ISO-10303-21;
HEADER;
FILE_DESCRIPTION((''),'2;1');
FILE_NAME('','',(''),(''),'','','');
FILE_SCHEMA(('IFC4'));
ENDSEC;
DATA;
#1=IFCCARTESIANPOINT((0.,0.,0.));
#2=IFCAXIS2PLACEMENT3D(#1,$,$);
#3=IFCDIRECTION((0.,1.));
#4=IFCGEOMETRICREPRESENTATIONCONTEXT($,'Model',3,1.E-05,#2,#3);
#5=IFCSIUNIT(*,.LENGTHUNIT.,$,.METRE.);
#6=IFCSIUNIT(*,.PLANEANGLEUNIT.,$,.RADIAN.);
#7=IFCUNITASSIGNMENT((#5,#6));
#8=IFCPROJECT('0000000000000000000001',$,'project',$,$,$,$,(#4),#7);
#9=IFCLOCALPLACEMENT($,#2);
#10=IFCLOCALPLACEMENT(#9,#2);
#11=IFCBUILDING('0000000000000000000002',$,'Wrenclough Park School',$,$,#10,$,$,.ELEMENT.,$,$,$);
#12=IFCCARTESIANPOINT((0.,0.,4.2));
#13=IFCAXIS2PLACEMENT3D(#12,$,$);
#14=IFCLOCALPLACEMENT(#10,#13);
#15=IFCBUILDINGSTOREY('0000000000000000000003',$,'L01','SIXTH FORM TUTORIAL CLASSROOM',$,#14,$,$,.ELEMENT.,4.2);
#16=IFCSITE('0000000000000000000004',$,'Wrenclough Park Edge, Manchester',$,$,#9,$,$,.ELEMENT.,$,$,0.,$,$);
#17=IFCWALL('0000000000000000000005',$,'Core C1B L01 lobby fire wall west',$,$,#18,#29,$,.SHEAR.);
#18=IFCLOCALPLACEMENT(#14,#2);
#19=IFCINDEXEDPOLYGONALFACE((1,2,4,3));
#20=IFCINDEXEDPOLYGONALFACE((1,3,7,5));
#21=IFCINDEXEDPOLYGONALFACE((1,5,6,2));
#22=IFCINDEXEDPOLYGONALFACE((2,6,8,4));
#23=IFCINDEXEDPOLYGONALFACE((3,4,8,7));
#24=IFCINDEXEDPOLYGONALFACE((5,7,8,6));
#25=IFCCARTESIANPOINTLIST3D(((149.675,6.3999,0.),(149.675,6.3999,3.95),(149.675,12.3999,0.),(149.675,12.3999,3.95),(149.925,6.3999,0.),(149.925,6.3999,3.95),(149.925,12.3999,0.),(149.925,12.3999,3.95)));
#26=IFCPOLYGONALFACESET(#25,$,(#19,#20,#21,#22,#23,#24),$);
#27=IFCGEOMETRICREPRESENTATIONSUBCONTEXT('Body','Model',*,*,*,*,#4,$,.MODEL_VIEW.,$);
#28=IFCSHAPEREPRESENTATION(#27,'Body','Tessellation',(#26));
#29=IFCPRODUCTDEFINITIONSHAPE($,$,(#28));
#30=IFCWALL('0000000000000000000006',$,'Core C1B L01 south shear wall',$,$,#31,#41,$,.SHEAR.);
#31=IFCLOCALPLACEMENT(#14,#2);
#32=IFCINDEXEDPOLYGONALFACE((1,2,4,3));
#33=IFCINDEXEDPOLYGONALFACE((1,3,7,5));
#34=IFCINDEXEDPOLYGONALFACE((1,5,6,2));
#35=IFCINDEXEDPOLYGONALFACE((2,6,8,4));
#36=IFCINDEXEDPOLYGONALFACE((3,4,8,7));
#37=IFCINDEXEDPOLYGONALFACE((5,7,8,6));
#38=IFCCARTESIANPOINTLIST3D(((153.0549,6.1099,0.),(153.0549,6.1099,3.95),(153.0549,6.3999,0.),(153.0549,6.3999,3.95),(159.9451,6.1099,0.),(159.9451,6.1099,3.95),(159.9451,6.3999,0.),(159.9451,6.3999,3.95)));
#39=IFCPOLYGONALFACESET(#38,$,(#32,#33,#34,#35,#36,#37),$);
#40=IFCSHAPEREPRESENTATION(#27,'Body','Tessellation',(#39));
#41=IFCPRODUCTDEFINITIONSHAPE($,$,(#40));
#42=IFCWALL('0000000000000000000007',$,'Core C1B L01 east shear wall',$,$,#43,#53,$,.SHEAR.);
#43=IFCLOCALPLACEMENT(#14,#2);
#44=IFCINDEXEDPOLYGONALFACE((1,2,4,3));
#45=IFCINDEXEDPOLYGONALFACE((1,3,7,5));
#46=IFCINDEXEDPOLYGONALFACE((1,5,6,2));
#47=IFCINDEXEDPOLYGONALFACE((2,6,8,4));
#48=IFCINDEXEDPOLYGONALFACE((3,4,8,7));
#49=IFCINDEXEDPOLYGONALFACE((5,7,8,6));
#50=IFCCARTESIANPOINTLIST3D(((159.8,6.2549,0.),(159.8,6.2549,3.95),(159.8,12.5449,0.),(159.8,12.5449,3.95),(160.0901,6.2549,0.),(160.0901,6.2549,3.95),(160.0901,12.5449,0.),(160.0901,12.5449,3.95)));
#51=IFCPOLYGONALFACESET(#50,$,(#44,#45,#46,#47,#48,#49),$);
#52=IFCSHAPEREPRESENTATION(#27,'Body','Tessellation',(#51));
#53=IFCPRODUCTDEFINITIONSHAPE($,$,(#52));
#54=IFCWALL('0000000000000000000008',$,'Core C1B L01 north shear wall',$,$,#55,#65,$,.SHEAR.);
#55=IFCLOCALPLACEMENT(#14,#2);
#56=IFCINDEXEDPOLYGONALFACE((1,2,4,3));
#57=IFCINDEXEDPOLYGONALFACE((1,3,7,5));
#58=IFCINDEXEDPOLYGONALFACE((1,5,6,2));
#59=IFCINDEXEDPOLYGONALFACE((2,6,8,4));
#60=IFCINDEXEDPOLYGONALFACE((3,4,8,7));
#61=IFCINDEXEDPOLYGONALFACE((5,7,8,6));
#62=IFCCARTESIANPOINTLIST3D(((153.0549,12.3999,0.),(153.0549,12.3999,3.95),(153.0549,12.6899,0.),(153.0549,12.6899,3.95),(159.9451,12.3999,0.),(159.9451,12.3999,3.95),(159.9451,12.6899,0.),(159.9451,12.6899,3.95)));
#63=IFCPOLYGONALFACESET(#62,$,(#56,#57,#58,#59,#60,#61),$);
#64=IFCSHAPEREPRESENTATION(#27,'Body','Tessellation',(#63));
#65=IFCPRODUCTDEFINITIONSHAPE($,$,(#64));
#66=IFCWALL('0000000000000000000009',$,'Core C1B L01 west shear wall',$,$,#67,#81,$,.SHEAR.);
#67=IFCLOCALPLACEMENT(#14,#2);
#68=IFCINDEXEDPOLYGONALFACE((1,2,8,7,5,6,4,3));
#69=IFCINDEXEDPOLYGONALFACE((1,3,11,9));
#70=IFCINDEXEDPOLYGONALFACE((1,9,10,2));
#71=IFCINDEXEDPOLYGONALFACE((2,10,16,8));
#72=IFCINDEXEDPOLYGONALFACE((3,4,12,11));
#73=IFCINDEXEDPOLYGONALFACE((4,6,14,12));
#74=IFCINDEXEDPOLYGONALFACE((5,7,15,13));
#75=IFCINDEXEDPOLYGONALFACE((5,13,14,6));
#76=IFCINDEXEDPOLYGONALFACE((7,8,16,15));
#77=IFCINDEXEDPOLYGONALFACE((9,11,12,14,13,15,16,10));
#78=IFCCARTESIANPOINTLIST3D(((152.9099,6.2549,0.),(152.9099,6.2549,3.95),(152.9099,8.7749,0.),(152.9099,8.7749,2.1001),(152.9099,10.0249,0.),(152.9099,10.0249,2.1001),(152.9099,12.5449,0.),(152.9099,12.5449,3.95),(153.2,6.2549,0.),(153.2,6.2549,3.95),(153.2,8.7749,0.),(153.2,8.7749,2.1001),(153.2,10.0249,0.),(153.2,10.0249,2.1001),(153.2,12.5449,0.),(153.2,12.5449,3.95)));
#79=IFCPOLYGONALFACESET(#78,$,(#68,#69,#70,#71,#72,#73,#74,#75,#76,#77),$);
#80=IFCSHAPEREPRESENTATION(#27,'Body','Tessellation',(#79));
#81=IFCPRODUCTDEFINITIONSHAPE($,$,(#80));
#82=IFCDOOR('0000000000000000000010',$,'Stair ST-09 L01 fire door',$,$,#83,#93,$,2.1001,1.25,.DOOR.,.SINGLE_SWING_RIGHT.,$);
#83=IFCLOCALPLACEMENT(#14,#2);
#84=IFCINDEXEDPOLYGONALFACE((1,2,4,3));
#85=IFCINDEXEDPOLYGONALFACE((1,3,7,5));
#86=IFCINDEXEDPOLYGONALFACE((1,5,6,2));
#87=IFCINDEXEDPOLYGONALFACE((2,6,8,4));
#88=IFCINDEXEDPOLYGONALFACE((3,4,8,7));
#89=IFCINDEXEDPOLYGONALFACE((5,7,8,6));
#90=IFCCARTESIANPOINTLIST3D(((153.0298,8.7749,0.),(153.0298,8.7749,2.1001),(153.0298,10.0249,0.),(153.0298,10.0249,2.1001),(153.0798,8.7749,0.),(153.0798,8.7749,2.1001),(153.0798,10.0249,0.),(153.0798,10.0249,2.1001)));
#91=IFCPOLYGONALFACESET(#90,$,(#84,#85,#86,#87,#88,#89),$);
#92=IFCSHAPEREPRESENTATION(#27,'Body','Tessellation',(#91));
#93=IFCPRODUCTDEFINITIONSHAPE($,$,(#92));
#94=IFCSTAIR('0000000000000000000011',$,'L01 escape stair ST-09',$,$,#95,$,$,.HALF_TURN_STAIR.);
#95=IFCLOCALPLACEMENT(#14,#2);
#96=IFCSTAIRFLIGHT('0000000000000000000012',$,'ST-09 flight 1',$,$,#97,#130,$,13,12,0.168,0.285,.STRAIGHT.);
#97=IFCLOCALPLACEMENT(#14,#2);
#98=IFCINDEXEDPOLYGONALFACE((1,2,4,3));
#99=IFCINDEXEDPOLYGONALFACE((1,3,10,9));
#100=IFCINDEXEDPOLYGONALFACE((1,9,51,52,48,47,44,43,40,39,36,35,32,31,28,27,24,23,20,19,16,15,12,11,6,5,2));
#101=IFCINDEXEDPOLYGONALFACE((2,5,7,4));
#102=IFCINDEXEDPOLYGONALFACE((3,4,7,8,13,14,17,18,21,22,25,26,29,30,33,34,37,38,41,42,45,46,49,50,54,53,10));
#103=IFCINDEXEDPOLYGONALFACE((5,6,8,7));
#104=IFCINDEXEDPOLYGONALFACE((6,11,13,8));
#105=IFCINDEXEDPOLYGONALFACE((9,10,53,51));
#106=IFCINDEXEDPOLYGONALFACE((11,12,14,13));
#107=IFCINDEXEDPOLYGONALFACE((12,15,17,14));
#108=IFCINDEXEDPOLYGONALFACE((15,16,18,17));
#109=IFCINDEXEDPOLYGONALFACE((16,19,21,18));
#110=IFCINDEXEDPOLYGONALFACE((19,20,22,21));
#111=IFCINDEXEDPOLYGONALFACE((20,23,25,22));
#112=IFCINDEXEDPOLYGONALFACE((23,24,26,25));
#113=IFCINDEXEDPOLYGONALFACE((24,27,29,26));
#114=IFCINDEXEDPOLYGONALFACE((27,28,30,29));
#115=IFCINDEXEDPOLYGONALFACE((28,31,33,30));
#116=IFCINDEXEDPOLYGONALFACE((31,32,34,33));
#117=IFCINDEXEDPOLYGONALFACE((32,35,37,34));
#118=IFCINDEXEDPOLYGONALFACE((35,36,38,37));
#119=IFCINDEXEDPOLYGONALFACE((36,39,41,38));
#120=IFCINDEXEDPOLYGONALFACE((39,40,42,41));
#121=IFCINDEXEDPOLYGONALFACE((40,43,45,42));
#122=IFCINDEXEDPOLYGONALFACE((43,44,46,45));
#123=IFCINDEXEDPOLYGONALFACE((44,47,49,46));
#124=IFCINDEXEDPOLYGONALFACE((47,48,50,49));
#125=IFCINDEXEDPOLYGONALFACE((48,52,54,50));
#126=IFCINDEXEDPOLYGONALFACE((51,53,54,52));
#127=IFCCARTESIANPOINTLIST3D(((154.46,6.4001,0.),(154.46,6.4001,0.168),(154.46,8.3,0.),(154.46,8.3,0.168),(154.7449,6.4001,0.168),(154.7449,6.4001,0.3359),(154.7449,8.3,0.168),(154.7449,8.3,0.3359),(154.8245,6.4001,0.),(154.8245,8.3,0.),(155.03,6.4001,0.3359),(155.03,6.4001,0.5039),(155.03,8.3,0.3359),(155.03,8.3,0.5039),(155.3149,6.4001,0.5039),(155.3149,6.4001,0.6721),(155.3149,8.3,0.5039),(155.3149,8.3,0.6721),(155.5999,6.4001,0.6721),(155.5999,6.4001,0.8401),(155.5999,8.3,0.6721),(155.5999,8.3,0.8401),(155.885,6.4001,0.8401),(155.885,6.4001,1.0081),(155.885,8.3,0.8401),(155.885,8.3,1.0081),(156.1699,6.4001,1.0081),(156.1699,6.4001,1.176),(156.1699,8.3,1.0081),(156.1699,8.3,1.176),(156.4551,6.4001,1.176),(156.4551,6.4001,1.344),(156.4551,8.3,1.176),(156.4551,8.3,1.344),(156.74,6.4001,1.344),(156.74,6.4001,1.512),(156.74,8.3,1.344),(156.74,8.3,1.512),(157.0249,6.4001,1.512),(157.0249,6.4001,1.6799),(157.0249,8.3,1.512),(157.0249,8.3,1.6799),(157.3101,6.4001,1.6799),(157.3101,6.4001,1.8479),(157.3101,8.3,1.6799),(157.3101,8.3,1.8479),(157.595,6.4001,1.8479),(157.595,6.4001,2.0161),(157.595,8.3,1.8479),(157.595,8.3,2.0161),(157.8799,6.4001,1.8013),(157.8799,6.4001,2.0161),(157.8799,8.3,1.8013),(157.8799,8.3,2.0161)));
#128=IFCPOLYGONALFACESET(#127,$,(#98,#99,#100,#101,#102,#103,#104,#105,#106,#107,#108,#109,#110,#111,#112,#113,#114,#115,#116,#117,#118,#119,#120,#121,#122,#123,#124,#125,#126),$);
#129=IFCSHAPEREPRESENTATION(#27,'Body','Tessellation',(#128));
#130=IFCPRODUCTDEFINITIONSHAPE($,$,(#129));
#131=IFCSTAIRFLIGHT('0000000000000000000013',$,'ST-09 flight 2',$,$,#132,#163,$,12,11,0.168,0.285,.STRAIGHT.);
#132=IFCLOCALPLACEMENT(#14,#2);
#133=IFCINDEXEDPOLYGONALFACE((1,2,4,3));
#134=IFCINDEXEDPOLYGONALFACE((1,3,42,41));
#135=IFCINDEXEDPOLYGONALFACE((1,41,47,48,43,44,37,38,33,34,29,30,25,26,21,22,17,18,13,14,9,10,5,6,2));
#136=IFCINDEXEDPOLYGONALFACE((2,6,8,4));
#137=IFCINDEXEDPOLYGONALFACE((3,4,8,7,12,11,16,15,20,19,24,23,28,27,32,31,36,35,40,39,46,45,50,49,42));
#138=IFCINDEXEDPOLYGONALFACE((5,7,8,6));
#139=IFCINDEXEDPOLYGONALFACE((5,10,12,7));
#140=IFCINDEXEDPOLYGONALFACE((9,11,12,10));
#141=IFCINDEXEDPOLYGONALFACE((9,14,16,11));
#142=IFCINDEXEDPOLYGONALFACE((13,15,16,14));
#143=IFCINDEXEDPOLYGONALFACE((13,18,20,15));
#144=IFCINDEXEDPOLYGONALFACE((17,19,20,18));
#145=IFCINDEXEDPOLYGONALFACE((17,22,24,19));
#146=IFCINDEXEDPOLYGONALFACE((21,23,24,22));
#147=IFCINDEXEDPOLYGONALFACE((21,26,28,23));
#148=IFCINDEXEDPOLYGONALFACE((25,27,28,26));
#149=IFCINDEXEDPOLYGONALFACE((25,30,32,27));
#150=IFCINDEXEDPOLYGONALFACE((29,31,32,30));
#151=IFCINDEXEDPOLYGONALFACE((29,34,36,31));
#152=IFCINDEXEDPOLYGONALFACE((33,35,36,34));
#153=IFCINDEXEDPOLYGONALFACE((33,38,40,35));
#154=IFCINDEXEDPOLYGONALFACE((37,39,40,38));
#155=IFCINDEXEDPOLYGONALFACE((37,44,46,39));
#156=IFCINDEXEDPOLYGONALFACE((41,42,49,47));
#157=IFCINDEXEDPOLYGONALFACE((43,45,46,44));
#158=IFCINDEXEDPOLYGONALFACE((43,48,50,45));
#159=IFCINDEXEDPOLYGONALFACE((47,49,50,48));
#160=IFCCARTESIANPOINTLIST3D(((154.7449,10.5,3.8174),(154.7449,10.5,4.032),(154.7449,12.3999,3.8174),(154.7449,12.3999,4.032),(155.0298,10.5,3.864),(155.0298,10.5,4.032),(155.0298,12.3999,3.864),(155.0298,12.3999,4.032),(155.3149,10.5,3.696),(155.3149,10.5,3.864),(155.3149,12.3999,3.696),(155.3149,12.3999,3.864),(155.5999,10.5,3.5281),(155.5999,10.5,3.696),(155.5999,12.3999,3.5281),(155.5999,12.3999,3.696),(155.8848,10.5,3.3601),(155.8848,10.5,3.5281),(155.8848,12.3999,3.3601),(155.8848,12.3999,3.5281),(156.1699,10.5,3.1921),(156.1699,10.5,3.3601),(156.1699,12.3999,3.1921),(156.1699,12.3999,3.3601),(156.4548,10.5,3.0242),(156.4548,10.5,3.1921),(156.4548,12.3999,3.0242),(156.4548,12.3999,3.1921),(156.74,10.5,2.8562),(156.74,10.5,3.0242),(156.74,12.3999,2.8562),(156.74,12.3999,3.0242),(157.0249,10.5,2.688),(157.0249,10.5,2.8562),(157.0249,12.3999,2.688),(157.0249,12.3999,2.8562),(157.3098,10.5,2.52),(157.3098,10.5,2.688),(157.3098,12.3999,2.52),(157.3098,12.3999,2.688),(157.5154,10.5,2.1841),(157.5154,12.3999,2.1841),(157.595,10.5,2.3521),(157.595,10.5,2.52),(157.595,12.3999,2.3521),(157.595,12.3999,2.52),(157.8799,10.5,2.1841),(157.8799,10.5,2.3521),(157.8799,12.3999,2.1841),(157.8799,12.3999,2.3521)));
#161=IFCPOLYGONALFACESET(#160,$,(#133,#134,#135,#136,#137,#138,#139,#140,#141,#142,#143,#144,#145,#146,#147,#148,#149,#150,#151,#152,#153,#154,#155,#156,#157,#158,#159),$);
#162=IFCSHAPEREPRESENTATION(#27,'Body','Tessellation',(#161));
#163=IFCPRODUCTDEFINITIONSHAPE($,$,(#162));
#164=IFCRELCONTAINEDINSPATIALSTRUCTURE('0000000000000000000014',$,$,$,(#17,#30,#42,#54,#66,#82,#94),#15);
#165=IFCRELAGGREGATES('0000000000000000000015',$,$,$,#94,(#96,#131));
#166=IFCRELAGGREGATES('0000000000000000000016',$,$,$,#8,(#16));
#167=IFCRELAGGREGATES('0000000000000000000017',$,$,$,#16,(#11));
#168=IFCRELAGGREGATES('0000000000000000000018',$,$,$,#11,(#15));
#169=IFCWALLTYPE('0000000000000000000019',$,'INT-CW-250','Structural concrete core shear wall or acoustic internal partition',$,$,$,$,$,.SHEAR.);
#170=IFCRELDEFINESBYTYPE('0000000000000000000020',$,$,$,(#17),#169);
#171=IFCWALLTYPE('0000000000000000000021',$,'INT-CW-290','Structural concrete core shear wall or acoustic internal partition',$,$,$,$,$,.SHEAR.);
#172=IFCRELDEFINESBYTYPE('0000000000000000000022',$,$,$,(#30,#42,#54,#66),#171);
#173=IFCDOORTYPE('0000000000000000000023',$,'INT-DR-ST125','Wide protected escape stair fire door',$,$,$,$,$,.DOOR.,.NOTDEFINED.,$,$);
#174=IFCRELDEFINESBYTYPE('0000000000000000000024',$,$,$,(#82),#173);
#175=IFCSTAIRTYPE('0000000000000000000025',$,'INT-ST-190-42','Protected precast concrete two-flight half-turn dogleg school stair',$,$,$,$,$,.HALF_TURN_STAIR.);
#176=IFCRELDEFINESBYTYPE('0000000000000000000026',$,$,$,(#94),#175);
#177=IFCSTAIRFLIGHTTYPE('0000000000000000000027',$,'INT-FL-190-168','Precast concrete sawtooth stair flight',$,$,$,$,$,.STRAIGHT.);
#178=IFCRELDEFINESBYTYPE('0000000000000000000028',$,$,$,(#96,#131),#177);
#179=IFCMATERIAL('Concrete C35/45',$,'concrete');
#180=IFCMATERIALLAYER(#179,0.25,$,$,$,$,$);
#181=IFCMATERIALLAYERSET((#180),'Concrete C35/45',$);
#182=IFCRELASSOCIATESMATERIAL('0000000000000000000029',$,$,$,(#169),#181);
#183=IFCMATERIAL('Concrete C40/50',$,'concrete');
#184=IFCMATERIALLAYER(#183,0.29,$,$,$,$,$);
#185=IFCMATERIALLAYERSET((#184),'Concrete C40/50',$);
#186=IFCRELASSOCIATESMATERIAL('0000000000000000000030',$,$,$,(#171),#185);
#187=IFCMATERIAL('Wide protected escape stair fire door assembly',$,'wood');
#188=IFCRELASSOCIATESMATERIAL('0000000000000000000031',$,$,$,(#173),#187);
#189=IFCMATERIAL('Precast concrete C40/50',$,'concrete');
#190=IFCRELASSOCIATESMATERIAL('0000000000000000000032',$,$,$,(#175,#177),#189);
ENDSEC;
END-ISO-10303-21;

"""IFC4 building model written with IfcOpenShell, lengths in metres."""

from ifc_helpers import new_model, si_unit, direction, frame, frame_2d, origin, place, context, subcontext, project, spatial, polyline, rectangle, outline, extrude, material, layer, layer_set, type_object, element, fill, aggregate, save


model = new_model("IFC4")

# Units and contexts
model_context = context("Model", 3, precision=1e-05, world=origin(), true_north=direction((0.0, 1.0)))
body_context = subcontext(model_context, "Body", "Model", "MODEL_VIEW")
ifc_project = project(units=[si_unit("LENGTHUNIT", "METRE"), si_unit("PLANEANGLEUNIT", "RADIAN")], contexts=[model_context])

# Site, building, storey
site_placement = place(None, origin())
site = spatial("IfcSite", under=ifc_project, at=site_placement, Name="Wrenclough Park Edge, Manchester", CompositionType="ELEMENT", RefElevation=0.0)
building_placement = place(site_placement, origin())
building = spatial("IfcBuilding", under=site, at=building_placement, Name="Wrenclough Park School", CompositionType="ELEMENT")
storey_placement = place(building_placement, frame((0.0, 0.0, 4.2)))
storey = spatial("IfcBuildingStorey", under=building, at=storey_placement, Name="L01", Description="SIXTH FORM TUTORIAL CLASSROOM", CompositionType="ELEMENT", Elevation=4.2)

# Shared definitions
ifc_material_1 = material(Name="Concrete C35/45", Category="concrete")
ifc_layer_1 = layer(ifc_material_1, 0.25)
ifc_layer_set_1 = layer_set([ifc_layer_1], Name="Concrete C35/45")
wall_type_1 = type_object("IfcWallType", Name="INT-CW-250", Description="Structural concrete core shear wall or acoustic internal partition", PredefinedType="SHEAR", material=ifc_layer_set_1)

# Walls
wall_1_placement = place(storey_placement, frame((149.8, 12.3999, 0.0), z_axis=(0.0, 0.0, 1.0), x_axis=(0.0, -1.0, 0.0)))
element("IfcWall", 1, at=wall_1_placement, inside=storey, type_object=wall_type_1, Name="Core C1B L01 lobby fire wall west", PredefinedType="SHEAR", context=body_context, shape_type="SweptSolid", body=[
    extrude(rectangle(XDim=6.0, YDim=0.25, at=frame_2d((3.0, 0.0))), origin(), (0.0, 0.0, 1.0), 3.95),
])
ifc_material_2 = material(Name="Concrete C40/50", Category="concrete")
ifc_layer_2 = layer(ifc_material_2, 0.29)
ifc_layer_set_2 = layer_set([ifc_layer_2], Name="Concrete C40/50")
wall_type_2 = type_object("IfcWallType", Name="INT-CW-290", Description="Structural concrete core shear wall or acoustic internal partition", PredefinedType="SHEAR", material=ifc_layer_set_2)
wall_2_placement = place(storey_placement, frame((153.0549, 6.2549, 0.0), z_axis=(0.0, 0.0, 1.0), x_axis=(1.0, 0.0, 0.0)))
element("IfcWall", 2, at=wall_2_placement, inside=storey, type_object=wall_type_2, Name="Core C1B L01 south shear wall", PredefinedType="SHEAR", context=body_context, shape_type="SweptSolid", body=[
    extrude(rectangle(XDim=6.8901, YDim=0.29, at=frame_2d((3.4451, 0.0))), origin(), (0.0, 0.0, 1.0), 3.95),
])
wall_3_placement = place(storey_placement, frame((159.9451, 6.2549, 0.0), z_axis=(0.0, 0.0, 1.0), x_axis=(0.0, 1.0, 0.0)))
element("IfcWall", 3, at=wall_3_placement, inside=storey, type_object=wall_type_2, Name="Core C1B L01 east shear wall", PredefinedType="SHEAR", context=body_context, shape_type="SweptSolid", body=[
    extrude(rectangle(XDim=6.29, YDim=0.29, at=frame_2d((3.145, 0.0))), origin(), (0.0, 0.0, 1.0), 3.95),
])
wall_4_placement = place(storey_placement, frame((159.9451, 12.5449, 0.0), z_axis=(0.0, 0.0, 1.0), x_axis=(-1.0, 0.0, 0.0)))
element("IfcWall", 4, at=wall_4_placement, inside=storey, type_object=wall_type_2, Name="Core C1B L01 north shear wall", PredefinedType="SHEAR", context=body_context, shape_type="SweptSolid", body=[
    extrude(rectangle(XDim=6.8901, YDim=0.29, at=frame_2d((3.4451, 0.0))), origin(), (0.0, 0.0, 1.0), 3.95),
])

# Wall, opening, door
wall_5_placement = place(storey_placement, frame((153.0549, 12.5449, 0.0), z_axis=(0.0, 0.0, 1.0), x_axis=(0.0, -1.0, 0.0)))
wall_5 = element("IfcWall", 5, at=wall_5_placement, inside=storey, type_object=wall_type_2, Name="Core C1B L01 west shear wall", PredefinedType="SHEAR", context=body_context, shape_type="SweptSolid", body=[
    extrude(rectangle(XDim=6.29, YDim=0.29, at=frame_2d((3.145, 0.0))), origin(), (0.0, 0.0, 1.0), 3.95),
])
opening_1_placement = place(wall_5_placement, frame((2.52, 0.0, 0.0)))
opening_1 = element("IfcOpeningElement", 6, at=opening_1_placement, cuts=wall_5, PredefinedType="OPENING", context=body_context, shape_type="SweptSolid", body=[
    extrude(rectangle(XDim=1.25, YDim=2.1001, at=frame_2d((0.625, 1.05))), frame((0.0, 0.155, 0.0), z_axis=(0.0, -1.0, 0.0), x_axis=(1.0, 0.0, 0.0)), (0.0, 0.0, 1.0), 0.3101),
])
ifc_material_3 = material(Name="Wide protected escape stair fire door assembly", Category="wood")
door_type_1 = type_object("IfcDoorType", Name="INT-DR-ST125", Description="Wide protected escape stair fire door", OperationType="NOTDEFINED", PredefinedType="DOOR", material=ifc_material_3)
door_1_placement = place(opening_1_placement, origin())
door_1 = element("IfcDoor", 7, at=door_1_placement, inside=storey, type_object=door_type_1, Name="Stair ST-09 L01 fire door", OperationType="SINGLE_SWING_RIGHT", OverallHeight=2.1001, OverallWidth=1.25, PredefinedType="DOOR", context=body_context, shape_type="SweptSolid", body=[
    extrude(rectangle(XDim=1.25, YDim=2.1001, at=frame_2d((0.625, 1.05))), frame((0.0, 0.0249, 0.0), z_axis=(0.0, -1.0, 0.0), x_axis=(1.0, 0.0, 0.0)), (0.0, 0.0, 1.0), 0.05),
])
fill(opening_1, door_1)

# Stair, stair flights
ifc_material_4 = material(Name="Precast concrete C40/50", Category="concrete")
stair_type = type_object("IfcStairType", Name="INT-ST-190-42", Description="Protected precast concrete two-flight half-turn dogleg school stair", PredefinedType="HALF_TURN_STAIR", material=ifc_material_4)
stair_placement = place(storey_placement, origin())
stair = element("IfcStair", 8, at=stair_placement, inside=storey, type_object=stair_type, Name="L01 escape stair ST-09", PredefinedType="HALF_TURN_STAIR")
stair_flight_type = type_object("IfcStairFlightType", Name="INT-FL-190-168", Description="Precast concrete sawtooth stair flight", PredefinedType="STRAIGHT", material=ifc_material_4)
stair_flight_1_placement = place(storey_placement, frame((154.46, 7.3501, 0.0), z_axis=(0.0, 0.0, 1.0), x_axis=(1.0, 0.0, 0.0)))
stair_flight_1 = element("IfcStairFlight", 9, at=stair_flight_1_placement, type_object=stair_flight_type, Name="ST-09 flight 1", NumberOfRisers=13, NumberOfTreads=12, PredefinedType="STRAIGHT", RiserHeight=0.168, TreadLength=0.285, context=body_context, shape_type="SweptSolid", body=[
    extrude(outline(polyline([(0.0, 0.0), (0.0, 0.168), (0.2849, 0.168), (0.2849, 0.3359), (0.5701, 0.3359), (0.5701, 0.5039), (0.855, 0.5039), (0.855, 0.6721), (1.1399, 0.6721), (1.1399, 0.8401), (1.425, 0.8401), (1.425, 1.0081), (1.71, 1.0081), (1.71, 1.176), (1.9951, 1.176), (1.9951, 1.344), (2.28, 1.344), (2.28, 1.512), (2.5649, 1.512), (2.5649, 1.6799), (2.8501, 1.6799), (2.8501, 1.8479), (3.135, 1.8479), (3.135, 2.0161), (3.4199, 2.0161), (3.4199, 2.1841), (3.4199, 1.8013), (0.3645, 0.0), (0.0, 0.0)])), frame((0.0, 0.95, 0.0), z_axis=(0.0, -1.0, 0.0), x_axis=(1.0, 0.0, 0.0)), (0.0, 0.0, 1.0), 1.8999),
])
stair_flight_2_placement = place(storey_placement, frame((157.8799, 11.45, 2.1841), z_axis=(0.0, 0.0, 1.0), x_axis=(-1.0, 0.0, 0.0)))
stair_flight_2 = element("IfcStairFlight", 10, at=stair_flight_2_placement, type_object=stair_flight_type, Name="ST-09 flight 2", NumberOfRisers=12, NumberOfTreads=11, PredefinedType="STRAIGHT", RiserHeight=0.168, TreadLength=0.285, context=body_context, shape_type="SweptSolid", body=[
    extrude(outline(polyline([(0.0, 0.0), (0.0, 0.168), (0.2849, 0.168), (0.2849, 0.3359), (0.5701, 0.3359), (0.5701, 0.5039), (0.855, 0.5039), (0.855, 0.6721), (1.1399, 0.6721), (1.1399, 0.8401), (1.425, 0.8401), (1.425, 1.0081), (1.71, 1.0081), (1.71, 1.176), (1.9951, 1.176), (1.9951, 1.344), (2.28, 1.344), (2.28, 1.512), (2.5649, 1.512), (2.5649, 1.6799), (2.8501, 1.6799), (2.8501, 1.8479), (3.135, 1.8479), (3.135, 2.0161), (3.135, 1.6333), (0.3645, 0.0), (0.0, 0.0)])), frame((0.0, 0.95, 0.0), z_axis=(0.0, -1.0, 0.0), x_axis=(1.0, 0.0, 0.0)), (0.0, 0.0, 1.0), 1.8999),
])
aggregate(stair, [stair_flight_1, stair_flight_2])

save(model, "model.ifc")
